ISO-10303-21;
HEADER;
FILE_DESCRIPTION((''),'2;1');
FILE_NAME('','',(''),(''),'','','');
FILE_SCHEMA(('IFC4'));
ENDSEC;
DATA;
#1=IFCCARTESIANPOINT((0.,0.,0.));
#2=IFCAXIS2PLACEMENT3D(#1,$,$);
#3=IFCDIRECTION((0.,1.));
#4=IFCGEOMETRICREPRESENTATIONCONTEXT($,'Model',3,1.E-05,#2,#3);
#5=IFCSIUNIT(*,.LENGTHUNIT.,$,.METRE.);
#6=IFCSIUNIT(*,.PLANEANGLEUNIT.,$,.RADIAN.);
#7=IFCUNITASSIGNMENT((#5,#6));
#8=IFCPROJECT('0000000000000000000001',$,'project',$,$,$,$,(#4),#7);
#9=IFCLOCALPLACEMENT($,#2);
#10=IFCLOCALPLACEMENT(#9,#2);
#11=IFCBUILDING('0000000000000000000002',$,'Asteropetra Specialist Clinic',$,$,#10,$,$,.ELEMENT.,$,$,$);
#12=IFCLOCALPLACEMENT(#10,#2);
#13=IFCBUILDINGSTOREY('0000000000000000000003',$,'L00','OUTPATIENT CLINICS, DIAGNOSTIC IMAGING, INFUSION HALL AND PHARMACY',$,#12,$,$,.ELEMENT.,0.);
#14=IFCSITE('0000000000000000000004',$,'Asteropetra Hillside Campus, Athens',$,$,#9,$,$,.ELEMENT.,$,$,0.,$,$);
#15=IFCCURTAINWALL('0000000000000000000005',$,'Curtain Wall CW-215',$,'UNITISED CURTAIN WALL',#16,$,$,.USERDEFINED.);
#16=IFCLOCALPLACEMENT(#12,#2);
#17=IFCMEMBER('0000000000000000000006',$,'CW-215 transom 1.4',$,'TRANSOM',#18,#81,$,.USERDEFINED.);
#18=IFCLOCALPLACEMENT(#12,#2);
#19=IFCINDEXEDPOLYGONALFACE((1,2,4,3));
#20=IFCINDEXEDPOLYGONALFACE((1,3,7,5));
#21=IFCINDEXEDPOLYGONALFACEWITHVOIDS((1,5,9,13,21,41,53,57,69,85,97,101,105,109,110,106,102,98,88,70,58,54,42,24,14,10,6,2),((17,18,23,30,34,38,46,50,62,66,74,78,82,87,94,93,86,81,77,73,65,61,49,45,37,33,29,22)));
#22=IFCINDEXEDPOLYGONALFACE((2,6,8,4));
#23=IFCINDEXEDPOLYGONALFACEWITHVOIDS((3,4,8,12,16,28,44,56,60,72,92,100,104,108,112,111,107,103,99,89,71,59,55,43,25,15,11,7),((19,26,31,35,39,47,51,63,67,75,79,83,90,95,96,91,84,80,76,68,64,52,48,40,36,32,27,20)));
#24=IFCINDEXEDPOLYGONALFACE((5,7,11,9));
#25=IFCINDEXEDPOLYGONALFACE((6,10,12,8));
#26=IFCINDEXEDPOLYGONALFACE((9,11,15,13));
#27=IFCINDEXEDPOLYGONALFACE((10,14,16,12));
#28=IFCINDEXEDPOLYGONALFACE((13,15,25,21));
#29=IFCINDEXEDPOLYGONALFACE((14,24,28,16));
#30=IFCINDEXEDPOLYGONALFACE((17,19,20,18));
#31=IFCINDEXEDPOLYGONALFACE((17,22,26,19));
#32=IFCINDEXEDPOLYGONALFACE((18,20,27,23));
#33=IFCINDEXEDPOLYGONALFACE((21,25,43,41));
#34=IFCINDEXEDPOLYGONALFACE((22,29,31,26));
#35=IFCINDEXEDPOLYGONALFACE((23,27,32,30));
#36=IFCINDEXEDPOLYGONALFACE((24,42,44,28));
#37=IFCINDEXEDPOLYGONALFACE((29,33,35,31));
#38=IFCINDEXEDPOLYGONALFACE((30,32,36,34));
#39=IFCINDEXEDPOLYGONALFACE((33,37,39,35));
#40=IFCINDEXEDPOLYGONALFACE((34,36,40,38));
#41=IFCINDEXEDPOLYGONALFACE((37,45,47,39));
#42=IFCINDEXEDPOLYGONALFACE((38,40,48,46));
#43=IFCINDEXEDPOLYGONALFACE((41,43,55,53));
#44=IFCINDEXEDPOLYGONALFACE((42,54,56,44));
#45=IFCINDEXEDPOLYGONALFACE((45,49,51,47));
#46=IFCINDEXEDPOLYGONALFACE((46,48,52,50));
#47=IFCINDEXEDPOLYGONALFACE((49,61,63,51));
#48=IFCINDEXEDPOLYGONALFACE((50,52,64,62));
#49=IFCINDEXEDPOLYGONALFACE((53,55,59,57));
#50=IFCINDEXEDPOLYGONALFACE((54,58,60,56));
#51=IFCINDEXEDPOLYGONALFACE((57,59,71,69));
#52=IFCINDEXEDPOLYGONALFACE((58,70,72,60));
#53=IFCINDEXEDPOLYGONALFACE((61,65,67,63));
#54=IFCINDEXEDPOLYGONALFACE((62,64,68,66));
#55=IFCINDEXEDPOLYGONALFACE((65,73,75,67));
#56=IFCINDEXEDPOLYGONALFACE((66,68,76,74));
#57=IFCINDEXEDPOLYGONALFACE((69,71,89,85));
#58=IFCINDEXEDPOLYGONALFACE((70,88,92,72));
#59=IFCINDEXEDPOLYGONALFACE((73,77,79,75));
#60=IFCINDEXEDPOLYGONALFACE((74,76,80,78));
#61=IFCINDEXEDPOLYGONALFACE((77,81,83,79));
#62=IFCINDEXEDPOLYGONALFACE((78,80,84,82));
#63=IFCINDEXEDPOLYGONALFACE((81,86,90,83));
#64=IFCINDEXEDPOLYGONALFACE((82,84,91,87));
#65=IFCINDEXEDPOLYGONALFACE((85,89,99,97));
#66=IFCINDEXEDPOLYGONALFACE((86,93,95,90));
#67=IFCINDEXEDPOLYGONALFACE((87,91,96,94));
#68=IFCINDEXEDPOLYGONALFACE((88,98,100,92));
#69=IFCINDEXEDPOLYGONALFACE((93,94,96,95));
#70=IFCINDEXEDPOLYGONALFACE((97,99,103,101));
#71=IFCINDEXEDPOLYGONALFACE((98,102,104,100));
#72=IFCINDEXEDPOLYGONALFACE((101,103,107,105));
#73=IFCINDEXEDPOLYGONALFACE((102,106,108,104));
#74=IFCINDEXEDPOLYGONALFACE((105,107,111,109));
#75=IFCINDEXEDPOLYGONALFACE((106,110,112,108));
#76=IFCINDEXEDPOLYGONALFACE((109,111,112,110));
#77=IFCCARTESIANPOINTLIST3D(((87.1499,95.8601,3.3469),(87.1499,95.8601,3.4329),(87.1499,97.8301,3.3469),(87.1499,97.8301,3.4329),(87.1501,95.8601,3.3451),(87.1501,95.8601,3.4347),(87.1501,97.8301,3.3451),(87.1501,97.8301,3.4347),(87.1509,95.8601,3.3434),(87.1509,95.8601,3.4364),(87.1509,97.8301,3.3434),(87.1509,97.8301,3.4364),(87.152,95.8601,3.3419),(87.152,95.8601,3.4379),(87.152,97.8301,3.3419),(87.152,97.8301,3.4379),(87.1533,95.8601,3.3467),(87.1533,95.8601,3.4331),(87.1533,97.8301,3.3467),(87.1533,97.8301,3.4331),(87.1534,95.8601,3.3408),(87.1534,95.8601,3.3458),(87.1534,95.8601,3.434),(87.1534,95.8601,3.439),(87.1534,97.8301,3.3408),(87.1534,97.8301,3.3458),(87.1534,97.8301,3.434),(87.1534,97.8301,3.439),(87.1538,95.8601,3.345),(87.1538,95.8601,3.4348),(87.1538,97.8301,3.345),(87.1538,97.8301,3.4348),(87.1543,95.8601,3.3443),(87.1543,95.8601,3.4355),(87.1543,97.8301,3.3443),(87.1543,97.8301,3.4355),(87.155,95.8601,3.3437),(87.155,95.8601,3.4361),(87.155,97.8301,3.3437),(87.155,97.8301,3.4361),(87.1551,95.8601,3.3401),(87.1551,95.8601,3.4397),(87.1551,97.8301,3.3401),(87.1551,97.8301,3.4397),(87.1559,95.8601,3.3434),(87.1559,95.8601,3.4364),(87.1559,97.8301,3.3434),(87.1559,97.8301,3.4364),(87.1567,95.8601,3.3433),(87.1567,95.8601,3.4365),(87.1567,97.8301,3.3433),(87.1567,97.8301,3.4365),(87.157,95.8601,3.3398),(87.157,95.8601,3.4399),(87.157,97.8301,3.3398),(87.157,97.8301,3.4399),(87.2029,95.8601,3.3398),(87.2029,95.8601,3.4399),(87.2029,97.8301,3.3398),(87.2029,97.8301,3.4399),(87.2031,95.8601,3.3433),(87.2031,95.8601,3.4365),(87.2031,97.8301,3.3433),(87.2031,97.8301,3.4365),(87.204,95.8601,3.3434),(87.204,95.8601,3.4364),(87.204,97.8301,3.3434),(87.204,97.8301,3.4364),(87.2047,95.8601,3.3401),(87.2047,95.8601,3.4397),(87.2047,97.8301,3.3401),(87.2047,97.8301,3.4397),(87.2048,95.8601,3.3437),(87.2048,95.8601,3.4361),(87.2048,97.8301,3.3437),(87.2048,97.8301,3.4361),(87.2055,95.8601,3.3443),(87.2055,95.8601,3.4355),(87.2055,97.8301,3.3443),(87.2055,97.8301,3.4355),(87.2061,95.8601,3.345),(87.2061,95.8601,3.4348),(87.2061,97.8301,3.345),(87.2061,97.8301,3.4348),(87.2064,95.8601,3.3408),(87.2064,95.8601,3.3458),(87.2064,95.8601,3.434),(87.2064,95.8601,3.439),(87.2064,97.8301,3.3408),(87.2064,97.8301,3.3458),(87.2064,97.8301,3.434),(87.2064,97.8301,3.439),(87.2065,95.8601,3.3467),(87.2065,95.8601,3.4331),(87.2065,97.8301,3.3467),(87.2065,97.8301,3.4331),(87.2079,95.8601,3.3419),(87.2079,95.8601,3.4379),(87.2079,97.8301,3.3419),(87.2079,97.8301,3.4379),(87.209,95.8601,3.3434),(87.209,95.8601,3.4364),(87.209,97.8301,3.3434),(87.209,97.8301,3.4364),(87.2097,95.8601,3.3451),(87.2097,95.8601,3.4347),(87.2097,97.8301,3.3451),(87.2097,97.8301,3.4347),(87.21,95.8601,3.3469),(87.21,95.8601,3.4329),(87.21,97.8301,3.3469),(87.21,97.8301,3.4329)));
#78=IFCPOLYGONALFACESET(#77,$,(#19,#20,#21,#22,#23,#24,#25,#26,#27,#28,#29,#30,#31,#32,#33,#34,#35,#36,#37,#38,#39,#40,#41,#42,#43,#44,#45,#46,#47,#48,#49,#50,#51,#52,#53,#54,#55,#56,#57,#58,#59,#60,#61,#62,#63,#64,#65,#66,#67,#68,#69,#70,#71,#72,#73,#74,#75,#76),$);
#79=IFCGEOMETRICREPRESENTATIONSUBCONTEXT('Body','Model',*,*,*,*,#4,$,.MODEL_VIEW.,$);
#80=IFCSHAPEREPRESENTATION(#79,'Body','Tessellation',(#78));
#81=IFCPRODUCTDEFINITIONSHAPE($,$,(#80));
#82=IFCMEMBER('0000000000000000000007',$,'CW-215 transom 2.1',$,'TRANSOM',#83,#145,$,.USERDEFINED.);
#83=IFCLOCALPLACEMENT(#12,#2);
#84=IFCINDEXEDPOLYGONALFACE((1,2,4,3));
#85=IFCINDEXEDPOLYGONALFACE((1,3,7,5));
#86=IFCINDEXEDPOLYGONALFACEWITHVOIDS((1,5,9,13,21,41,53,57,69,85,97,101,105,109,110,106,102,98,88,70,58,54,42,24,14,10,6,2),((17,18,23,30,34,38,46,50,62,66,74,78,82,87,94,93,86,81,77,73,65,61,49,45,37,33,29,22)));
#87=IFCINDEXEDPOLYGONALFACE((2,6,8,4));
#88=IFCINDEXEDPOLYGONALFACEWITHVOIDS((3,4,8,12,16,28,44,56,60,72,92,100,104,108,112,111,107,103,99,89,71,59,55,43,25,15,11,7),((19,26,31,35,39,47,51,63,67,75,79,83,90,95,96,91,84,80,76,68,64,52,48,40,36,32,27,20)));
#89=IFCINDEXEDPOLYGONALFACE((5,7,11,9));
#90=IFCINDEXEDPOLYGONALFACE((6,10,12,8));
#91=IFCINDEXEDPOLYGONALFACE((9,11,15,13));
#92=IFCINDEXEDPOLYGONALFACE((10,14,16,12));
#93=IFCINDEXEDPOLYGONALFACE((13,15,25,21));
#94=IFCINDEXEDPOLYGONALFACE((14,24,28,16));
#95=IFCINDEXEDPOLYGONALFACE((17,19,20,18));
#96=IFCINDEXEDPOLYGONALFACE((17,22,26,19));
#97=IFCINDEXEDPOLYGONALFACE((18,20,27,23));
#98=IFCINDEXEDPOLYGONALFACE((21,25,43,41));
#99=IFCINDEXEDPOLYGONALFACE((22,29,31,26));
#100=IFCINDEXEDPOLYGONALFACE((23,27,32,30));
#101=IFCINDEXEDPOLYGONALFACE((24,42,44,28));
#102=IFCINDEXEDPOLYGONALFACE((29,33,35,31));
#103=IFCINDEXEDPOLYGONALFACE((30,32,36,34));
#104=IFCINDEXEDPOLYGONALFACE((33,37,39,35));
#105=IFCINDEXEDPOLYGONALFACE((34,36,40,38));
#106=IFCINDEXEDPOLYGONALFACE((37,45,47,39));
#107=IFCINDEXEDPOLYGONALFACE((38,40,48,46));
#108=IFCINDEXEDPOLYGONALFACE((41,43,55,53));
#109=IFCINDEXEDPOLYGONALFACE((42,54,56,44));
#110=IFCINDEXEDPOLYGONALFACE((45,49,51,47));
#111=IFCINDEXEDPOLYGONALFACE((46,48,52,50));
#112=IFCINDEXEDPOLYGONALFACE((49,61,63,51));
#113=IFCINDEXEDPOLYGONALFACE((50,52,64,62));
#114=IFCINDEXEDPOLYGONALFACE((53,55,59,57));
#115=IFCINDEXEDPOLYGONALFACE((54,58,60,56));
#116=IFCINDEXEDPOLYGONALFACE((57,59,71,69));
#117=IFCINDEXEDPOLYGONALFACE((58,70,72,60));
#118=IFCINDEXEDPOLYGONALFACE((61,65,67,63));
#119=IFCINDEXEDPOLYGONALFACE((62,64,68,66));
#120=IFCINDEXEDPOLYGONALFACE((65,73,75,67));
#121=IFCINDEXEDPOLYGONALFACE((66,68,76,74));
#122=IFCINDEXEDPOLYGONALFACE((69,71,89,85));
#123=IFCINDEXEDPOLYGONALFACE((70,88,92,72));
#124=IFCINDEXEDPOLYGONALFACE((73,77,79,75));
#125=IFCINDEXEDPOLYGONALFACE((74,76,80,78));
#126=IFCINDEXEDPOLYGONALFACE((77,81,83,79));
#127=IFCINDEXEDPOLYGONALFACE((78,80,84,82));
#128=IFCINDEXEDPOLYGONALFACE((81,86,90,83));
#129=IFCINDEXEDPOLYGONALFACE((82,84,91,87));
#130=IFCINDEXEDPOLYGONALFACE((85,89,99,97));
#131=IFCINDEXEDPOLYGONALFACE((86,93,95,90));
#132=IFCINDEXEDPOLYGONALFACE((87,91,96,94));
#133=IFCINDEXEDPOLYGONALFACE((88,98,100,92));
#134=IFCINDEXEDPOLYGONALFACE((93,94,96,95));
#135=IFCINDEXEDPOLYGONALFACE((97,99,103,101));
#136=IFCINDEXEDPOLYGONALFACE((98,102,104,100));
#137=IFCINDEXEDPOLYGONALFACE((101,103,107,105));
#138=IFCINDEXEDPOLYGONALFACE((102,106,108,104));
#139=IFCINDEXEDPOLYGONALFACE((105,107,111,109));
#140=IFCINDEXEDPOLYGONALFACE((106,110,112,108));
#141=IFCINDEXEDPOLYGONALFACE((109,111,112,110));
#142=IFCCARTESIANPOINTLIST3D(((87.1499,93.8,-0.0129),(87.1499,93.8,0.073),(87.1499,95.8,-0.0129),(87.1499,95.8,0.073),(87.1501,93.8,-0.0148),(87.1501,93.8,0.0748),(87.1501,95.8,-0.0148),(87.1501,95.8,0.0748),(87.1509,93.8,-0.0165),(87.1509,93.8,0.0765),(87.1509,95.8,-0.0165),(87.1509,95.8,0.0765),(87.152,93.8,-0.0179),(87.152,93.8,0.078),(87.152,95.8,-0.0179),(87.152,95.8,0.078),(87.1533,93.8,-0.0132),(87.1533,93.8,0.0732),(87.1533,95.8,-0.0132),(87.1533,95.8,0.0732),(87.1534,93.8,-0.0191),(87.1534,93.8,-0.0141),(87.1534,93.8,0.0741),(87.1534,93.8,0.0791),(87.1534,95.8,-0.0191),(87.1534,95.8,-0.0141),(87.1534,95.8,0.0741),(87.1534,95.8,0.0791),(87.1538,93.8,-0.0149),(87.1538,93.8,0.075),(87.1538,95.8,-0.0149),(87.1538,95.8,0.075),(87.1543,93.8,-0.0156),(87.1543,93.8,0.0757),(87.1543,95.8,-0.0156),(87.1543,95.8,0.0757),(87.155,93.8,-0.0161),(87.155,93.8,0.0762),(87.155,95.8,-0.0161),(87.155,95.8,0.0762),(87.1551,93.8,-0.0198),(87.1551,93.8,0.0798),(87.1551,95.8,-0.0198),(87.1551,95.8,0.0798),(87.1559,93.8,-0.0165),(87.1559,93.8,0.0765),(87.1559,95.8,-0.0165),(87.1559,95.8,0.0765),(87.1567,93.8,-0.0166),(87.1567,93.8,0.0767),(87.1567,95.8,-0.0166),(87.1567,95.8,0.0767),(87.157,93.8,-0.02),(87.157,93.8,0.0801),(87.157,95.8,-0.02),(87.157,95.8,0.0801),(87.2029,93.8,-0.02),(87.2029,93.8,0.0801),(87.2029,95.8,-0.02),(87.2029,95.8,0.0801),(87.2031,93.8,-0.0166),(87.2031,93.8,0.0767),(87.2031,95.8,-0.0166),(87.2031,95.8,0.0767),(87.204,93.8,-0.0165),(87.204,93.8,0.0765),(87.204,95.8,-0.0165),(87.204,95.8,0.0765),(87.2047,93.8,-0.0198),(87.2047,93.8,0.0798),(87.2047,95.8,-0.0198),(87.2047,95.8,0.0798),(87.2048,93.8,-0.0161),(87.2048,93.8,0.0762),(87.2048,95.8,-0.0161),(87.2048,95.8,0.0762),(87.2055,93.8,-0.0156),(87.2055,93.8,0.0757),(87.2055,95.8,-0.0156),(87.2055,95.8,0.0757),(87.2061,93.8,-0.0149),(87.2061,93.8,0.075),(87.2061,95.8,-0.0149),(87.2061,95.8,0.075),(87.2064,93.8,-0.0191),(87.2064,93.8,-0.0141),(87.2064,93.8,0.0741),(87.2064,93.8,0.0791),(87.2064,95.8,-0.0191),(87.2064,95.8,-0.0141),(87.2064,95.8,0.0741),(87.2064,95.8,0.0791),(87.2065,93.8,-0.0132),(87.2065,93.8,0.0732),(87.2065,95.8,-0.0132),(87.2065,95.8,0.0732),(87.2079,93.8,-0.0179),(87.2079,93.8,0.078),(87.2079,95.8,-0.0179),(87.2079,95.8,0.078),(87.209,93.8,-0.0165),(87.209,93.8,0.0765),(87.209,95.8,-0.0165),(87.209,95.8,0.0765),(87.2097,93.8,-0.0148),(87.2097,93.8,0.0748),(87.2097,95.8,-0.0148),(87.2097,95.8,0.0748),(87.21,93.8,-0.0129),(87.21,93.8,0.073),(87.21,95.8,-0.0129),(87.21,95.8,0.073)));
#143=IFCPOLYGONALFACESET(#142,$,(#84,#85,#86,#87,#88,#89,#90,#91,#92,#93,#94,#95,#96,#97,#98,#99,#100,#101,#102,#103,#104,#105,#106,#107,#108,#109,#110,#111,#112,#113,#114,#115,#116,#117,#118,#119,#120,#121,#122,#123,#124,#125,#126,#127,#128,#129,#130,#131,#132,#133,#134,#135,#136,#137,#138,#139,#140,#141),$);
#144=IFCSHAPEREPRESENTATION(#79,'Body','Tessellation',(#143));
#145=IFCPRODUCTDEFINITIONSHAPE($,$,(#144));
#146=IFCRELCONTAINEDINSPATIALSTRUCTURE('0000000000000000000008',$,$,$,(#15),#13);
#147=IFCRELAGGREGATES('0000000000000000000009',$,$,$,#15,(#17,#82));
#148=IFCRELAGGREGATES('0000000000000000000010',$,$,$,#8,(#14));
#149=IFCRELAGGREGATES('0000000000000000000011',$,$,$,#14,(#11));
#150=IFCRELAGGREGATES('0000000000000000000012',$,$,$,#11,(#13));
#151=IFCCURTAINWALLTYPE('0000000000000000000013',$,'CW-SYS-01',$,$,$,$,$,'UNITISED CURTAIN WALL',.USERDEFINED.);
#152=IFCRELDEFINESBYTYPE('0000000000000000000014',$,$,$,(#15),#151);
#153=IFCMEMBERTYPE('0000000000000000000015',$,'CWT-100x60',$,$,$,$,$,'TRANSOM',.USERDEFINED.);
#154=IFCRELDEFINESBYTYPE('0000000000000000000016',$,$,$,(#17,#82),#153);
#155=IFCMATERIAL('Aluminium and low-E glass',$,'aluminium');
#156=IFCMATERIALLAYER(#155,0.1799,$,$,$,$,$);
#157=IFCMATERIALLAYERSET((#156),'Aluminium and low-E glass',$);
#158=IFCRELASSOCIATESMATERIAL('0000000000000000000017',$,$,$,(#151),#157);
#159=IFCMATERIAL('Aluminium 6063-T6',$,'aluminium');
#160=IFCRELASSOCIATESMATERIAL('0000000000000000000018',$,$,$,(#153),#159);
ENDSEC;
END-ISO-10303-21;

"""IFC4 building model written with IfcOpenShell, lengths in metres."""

from ifc_helpers import new_model, si_unit, direction, frame, origin, origin_2d, place, context, subcontext, project, spatial, hollow_rectangle, extrude, material, layer, layer_set, material_profile, profile_set, type_object, element, aggregate, save


model = new_model("IFC4")

# Units and contexts
model_context = context("Model", 3, precision=1e-05, world=origin(), true_north=direction((0.0, 1.0)))
body_context = subcontext(model_context, "Body", "Model", "MODEL_VIEW")
ifc_project = project(units=[si_unit("LENGTHUNIT", "METRE"), si_unit("PLANEANGLEUNIT", "RADIAN")], contexts=[model_context])

# Site, building, storey
site_placement = place(None, origin())
site = spatial("IfcSite", under=ifc_project, at=site_placement, Name="Asteropetra Hillside Campus, Athens", CompositionType="ELEMENT", RefElevation=0.0)
building_placement = place(site_placement, origin())
building = spatial("IfcBuilding", under=site, at=building_placement, Name="Asteropetra Specialist Clinic", CompositionType="ELEMENT")
storey_placement = place(building_placement, origin())
storey = spatial("IfcBuildingStorey", under=building, at=storey_placement, Name="L00", Description="OUTPATIENT CLINICS, DIAGNOSTIC IMAGING, INFUSION HALL AND PHARMACY", CompositionType="ELEMENT", Elevation=0.0)

# Curtain wall, members
ifc_material_1 = material(Name="Aluminium and low-E glass", Category="aluminium")
ifc_layer_1 = layer(ifc_material_1, 0.1799)
ifc_layer_set_1 = layer_set([ifc_layer_1], Name="Aluminium and low-E glass")
curtain_wall_type = type_object("IfcCurtainWallType", Name="CW-SYS-01", ElementType="UNITISED CURTAIN WALL", PredefinedType="USERDEFINED", material=ifc_layer_set_1)
curtain_wall_placement = place(storey_placement, origin())
curtain_wall = element("IfcCurtainWall", 1, at=curtain_wall_placement, inside=storey, type_object=curtain_wall_type, Name="Curtain Wall CW-215", ObjectType="UNITISED CURTAIN WALL", PredefinedType="USERDEFINED")
ifc_material_2 = material(Name="Aluminium 6063-T6", Category="aluminium")
ifc_material_profile_1 = material_profile(ifc_material_2, hollow_rectangle(XDim=0.0601, YDim=0.1001, WallThickness=0.0034, InnerFilletRadius=0.0034, OuterFilletRadius=0.0071, at=origin_2d()), Name="TRN 100x60x3.5")
ifc_profile_set_1 = profile_set([ifc_material_profile_1], Name="Aluminium 6063-T6")
member_type_1 = type_object("IfcMemberType", Name="CWT-100x60", ElementType="TRANSOM", PredefinedType="USERDEFINED", material=ifc_profile_set_1)
member_1_placement = place(storey_placement, frame((87.1799, 97.8301, 3.3899), z_axis=(0.0, -1.0, 0.0), x_axis=(1.0, 0.0, 0.0)))
member_1 = element("IfcMember", 2, at=member_1_placement, type_object=member_type_1, Name="CW-215 transom 1.4", ObjectType="TRANSOM", PredefinedType="USERDEFINED", context=body_context, shape_type="SweptSolid", body=[
    extrude(hollow_rectangle(XDim=0.0601, YDim=0.1001, WallThickness=0.0034, InnerFilletRadius=0.0034, OuterFilletRadius=0.0071, at=origin_2d()), origin(), (0.0, 0.0, 1.0), 1.97),
])
member_2_placement = place(storey_placement, frame((87.1799, 95.8, 0.03), z_axis=(0.0, -1.0, 0.0), x_axis=(1.0, 0.0, 0.0)))
member_2 = element("IfcMember", 3, at=member_2_placement, type_object=member_type_1, Name="CW-215 transom 2.1", ObjectType="TRANSOM", PredefinedType="USERDEFINED", context=body_context, shape_type="SweptSolid", body=[
    extrude(hollow_rectangle(XDim=0.0601, YDim=0.1001, WallThickness=0.0034, InnerFilletRadius=0.0034, OuterFilletRadius=0.0071, at=origin_2d()), origin(), (0.0, 0.0, 1.0), 2.0),
])
aggregate(curtain_wall, [member_1, member_2])

save(model, "model.ifc")
